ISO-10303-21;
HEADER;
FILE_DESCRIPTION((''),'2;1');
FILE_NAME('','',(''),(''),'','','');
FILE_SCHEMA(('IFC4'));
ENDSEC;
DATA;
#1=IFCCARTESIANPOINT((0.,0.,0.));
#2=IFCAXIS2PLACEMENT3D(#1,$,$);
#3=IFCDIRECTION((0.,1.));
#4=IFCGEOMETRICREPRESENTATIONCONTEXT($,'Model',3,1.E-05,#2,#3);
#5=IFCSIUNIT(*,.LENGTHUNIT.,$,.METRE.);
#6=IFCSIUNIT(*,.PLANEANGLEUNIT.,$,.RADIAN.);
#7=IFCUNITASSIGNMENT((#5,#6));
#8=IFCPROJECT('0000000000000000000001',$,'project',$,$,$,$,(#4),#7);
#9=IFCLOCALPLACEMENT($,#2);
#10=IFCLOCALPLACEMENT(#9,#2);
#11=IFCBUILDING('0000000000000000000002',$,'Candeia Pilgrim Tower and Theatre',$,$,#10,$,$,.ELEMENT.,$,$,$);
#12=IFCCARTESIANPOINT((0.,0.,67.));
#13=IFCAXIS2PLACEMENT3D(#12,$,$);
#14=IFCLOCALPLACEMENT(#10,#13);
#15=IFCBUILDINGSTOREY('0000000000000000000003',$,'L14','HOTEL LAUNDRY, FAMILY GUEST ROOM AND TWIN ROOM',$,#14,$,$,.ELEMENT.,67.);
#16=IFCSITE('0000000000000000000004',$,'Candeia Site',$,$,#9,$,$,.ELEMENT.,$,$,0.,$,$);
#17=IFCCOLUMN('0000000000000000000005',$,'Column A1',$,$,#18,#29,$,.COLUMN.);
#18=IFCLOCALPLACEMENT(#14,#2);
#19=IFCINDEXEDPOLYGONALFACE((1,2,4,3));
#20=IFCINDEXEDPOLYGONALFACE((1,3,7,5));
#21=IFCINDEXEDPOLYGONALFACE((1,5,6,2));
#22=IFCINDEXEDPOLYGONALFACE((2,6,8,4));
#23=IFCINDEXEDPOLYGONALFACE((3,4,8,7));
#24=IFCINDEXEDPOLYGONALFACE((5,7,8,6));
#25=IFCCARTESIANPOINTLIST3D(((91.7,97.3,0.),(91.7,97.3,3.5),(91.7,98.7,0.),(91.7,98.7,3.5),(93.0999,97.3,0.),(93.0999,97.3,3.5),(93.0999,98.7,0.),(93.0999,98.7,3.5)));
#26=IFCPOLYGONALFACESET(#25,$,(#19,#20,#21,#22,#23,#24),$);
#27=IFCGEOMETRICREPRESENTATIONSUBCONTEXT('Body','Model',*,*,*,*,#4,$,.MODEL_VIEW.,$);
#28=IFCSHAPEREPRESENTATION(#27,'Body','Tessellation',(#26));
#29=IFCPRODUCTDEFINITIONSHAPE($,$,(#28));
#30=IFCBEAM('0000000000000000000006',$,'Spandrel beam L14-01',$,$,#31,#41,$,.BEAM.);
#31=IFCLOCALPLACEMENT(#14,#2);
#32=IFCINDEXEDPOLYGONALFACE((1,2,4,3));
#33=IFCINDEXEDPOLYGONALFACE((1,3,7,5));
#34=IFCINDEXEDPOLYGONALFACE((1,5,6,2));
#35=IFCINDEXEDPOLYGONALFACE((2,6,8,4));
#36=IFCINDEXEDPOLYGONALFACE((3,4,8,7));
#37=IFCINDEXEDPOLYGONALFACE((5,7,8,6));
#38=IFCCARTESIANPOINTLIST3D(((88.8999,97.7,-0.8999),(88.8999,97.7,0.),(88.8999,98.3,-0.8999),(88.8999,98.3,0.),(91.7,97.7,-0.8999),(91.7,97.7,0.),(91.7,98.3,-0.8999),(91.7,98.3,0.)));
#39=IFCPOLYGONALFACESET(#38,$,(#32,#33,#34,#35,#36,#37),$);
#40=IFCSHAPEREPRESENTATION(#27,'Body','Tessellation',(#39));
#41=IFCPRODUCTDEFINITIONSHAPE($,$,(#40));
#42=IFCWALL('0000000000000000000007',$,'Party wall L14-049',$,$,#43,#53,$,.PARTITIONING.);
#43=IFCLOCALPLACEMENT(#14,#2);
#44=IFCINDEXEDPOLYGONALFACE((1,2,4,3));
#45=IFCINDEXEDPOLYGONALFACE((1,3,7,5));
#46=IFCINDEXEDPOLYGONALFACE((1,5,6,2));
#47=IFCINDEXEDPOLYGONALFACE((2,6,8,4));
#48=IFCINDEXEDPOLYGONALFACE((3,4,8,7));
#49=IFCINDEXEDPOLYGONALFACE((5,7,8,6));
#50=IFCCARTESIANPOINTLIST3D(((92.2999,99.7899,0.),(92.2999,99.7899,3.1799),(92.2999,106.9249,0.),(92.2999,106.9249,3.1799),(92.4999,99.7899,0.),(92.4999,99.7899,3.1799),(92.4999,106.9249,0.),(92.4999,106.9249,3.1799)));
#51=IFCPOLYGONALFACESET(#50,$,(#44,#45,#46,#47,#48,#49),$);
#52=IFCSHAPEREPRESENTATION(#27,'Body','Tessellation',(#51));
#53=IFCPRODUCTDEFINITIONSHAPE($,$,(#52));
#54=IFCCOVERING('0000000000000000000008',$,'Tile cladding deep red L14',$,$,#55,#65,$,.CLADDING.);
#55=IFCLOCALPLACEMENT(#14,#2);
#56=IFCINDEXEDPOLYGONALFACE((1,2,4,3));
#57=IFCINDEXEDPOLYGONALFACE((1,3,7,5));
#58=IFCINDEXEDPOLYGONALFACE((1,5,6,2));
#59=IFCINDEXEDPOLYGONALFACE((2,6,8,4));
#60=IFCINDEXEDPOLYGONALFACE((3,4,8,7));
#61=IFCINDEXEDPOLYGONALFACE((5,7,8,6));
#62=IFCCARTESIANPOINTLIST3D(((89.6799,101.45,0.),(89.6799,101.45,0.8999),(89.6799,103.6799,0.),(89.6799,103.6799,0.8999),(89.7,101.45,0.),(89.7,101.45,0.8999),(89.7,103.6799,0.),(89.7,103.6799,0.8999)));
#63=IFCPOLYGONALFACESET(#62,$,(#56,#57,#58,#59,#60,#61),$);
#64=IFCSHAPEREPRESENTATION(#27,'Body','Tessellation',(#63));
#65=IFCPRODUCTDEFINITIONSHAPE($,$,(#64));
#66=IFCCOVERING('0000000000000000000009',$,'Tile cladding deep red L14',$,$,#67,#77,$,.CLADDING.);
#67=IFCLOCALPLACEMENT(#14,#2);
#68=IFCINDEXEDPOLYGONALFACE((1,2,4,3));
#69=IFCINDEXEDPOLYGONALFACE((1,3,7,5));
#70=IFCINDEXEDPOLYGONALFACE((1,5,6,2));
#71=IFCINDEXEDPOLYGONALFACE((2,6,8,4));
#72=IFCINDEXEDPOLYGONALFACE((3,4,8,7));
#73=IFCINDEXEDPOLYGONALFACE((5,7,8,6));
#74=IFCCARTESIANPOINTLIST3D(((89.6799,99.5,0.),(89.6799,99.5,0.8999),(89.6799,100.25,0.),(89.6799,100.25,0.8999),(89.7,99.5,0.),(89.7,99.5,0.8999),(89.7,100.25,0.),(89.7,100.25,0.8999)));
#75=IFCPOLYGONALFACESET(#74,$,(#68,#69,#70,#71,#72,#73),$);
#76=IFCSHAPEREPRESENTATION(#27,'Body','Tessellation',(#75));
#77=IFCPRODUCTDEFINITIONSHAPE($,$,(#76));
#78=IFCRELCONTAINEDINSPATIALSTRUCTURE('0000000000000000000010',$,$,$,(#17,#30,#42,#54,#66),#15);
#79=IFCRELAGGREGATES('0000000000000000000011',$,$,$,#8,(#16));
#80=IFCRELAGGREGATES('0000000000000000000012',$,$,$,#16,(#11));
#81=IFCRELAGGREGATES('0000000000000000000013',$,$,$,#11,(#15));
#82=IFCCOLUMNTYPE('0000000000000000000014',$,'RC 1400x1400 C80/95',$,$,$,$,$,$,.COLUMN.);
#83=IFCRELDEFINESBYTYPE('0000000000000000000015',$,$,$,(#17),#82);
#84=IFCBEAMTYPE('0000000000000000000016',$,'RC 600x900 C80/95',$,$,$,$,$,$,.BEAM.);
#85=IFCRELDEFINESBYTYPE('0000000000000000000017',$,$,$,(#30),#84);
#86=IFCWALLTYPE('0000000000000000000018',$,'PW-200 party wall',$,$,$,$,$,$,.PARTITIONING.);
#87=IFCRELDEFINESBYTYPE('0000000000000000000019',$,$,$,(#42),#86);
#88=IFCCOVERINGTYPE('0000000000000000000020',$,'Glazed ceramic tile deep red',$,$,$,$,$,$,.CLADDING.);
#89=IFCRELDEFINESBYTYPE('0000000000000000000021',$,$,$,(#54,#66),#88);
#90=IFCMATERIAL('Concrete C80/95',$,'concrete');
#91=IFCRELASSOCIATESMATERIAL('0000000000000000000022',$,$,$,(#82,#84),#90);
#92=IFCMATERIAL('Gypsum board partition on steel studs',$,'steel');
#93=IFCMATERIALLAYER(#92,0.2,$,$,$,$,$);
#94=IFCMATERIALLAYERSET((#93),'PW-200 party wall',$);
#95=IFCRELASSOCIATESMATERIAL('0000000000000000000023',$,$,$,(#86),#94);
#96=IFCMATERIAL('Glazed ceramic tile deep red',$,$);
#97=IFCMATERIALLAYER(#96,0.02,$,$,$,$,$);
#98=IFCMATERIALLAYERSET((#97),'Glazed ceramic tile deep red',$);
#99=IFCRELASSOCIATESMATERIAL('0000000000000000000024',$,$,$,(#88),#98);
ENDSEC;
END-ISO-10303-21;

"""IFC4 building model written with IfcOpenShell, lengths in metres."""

from ifc_helpers import new_model, si_unit, direction, frame, frame_2d, origin, origin_2d, place, context, subcontext, project, spatial, rectangle, extrude, material, layer, layer_set, material_profile, profile_set, type_object, element, save


model = new_model("IFC4")

# Units and contexts
model_context = context("Model", 3, precision=1e-05, world=origin(), true_north=direction((0.0, 1.0)))
body_context = subcontext(model_context, "Body", "Model", "MODEL_VIEW")
ifc_project = project(units=[si_unit("LENGTHUNIT", "METRE"), si_unit("PLANEANGLEUNIT", "RADIAN")], contexts=[model_context])

# Site, building, storey
site_placement = place(None, origin())
site = spatial("IfcSite", under=ifc_project, at=site_placement, Name="Candeia Site", CompositionType="ELEMENT", RefElevation=0.0)
building_placement = place(site_placement, origin())
building = spatial("IfcBuilding", under=site, at=building_placement, Name="Candeia Pilgrim Tower and Theatre", CompositionType="ELEMENT")
storey_placement = place(building_placement, frame((0.0, 0.0, 67.0)))
storey = spatial("IfcBuildingStorey", under=building, at=storey_placement, Name="L14", Description="HOTEL LAUNDRY, FAMILY GUEST ROOM AND TWIN ROOM", CompositionType="ELEMENT", Elevation=67.0)

# Column
ifc_material_1 = material(Name="Concrete C80/95", Category="concrete")
ifc_material_profile_1 = material_profile(ifc_material_1, rectangle(XDim=1.3999, YDim=1.3999, at=origin_2d()))
ifc_profile_set_1 = profile_set([ifc_material_profile_1], Name="Concrete C80/95")
column_type = type_object("IfcColumnType", Name="RC 1400x1400 C80/95", PredefinedType="COLUMN", material=ifc_profile_set_1)
column_placement = place(storey_placement, frame((92.3999, 98.0, 0.0), z_axis=(0.0, 0.0, 1.0), x_axis=(1.0, 0.0, 0.0)))
element("IfcColumn", 1, at=column_placement, inside=storey, type_object=column_type, Name="Column A1", PredefinedType="COLUMN", context=body_context, shape_type="SweptSolid", body=[
    extrude(rectangle(XDim=1.3999, YDim=1.3999, at=origin_2d()), origin(), (0.0, 0.0, 1.0), 3.5),
])

# Beam
ifc_material_profile_2 = material_profile(ifc_material_1, rectangle(XDim=0.6001, YDim=0.8999, at=origin_2d()))
ifc_profile_set_2 = profile_set([ifc_material_profile_2], Name="Concrete C80/95")
beam_type = type_object("IfcBeamType", Name="RC 600x900 C80/95", PredefinedType="BEAM", material=ifc_profile_set_2)
beam_placement = place(storey_placement, frame((88.8999, 98.0, -0.45), z_axis=(1.0, 0.0, 0.0), x_axis=(0.0, 1.0, 0.0)))
element("IfcBeam", 2, at=beam_placement, inside=storey, type_object=beam_type, Name="Spandrel beam L14-01", PredefinedType="BEAM", context=body_context, shape_type="SweptSolid", body=[
    extrude(rectangle(XDim=0.6001, YDim=0.8999, at=origin_2d()), origin(), (0.0, 0.0, 1.0), 2.8),
])

# Wall
ifc_material_2 = material(Name="Gypsum board partition on steel studs", Category="steel")
ifc_layer_1 = layer(ifc_material_2, 0.2)
ifc_layer_set_1 = layer_set([ifc_layer_1], Name="PW-200 party wall")
wall_type_1 = type_object("IfcWallType", Name="PW-200 party wall", PredefinedType="PARTITIONING", material=ifc_layer_set_1)
wall_1_placement = place(storey_placement, frame((92.3999, 99.79, 0.0), z_axis=(0.0, 0.0, 1.0), x_axis=(0.0, 1.0, 0.0)))
element("IfcWall", 3, at=wall_1_placement, inside=storey, type_object=wall_type_1, Name="Party wall L14-049", PredefinedType="PARTITIONING", context=body_context, shape_type="SweptSolid", body=[
    extrude(rectangle(XDim=7.135, YDim=0.2, at=frame_2d((3.5674, 0.0))), origin(), (0.0, 0.0, 1.0), 3.1799),
])

# Coverings
ifc_material_3 = material(Name="Glazed ceramic tile deep red")
ifc_layer_2 = layer(ifc_material_3, 0.02)
ifc_layer_set_2 = layer_set([ifc_layer_2], Name="Glazed ceramic tile deep red")
covering_type = type_object("IfcCoveringType", Name="Glazed ceramic tile deep red", PredefinedType="CLADDING", material=ifc_layer_set_2)
covering_1_placement = place(storey_placement, frame((89.6899, 102.5649, 0.0), z_axis=(0.0, 0.0, 1.0), x_axis=(0.0, -1.0, 0.0)))
element("IfcCovering", 4, at=covering_1_placement, inside=storey, type_object=covering_type, Name="Tile cladding deep red L14", PredefinedType="CLADDING", context=body_context, shape_type="SweptSolid", body=[
    extrude(rectangle(XDim=2.23, YDim=0.02, at=origin_2d()), origin(), (0.0, 0.0, 1.0), 0.8999),
])
covering_2_placement = place(storey_placement, frame((89.6899, 99.875, 0.0), z_axis=(0.0, 0.0, 1.0), x_axis=(0.0, -1.0, 0.0)))
element("IfcCovering", 5, at=covering_2_placement, inside=storey, type_object=covering_type, Name="Tile cladding deep red L14", PredefinedType="CLADDING", context=body_context, shape_type="SweptSolid", body=[
    extrude(rectangle(XDim=0.75, YDim=0.02, at=origin_2d()), origin(), (0.0, 0.0, 1.0), 0.8999),
])

save(model, "model.ifc")
